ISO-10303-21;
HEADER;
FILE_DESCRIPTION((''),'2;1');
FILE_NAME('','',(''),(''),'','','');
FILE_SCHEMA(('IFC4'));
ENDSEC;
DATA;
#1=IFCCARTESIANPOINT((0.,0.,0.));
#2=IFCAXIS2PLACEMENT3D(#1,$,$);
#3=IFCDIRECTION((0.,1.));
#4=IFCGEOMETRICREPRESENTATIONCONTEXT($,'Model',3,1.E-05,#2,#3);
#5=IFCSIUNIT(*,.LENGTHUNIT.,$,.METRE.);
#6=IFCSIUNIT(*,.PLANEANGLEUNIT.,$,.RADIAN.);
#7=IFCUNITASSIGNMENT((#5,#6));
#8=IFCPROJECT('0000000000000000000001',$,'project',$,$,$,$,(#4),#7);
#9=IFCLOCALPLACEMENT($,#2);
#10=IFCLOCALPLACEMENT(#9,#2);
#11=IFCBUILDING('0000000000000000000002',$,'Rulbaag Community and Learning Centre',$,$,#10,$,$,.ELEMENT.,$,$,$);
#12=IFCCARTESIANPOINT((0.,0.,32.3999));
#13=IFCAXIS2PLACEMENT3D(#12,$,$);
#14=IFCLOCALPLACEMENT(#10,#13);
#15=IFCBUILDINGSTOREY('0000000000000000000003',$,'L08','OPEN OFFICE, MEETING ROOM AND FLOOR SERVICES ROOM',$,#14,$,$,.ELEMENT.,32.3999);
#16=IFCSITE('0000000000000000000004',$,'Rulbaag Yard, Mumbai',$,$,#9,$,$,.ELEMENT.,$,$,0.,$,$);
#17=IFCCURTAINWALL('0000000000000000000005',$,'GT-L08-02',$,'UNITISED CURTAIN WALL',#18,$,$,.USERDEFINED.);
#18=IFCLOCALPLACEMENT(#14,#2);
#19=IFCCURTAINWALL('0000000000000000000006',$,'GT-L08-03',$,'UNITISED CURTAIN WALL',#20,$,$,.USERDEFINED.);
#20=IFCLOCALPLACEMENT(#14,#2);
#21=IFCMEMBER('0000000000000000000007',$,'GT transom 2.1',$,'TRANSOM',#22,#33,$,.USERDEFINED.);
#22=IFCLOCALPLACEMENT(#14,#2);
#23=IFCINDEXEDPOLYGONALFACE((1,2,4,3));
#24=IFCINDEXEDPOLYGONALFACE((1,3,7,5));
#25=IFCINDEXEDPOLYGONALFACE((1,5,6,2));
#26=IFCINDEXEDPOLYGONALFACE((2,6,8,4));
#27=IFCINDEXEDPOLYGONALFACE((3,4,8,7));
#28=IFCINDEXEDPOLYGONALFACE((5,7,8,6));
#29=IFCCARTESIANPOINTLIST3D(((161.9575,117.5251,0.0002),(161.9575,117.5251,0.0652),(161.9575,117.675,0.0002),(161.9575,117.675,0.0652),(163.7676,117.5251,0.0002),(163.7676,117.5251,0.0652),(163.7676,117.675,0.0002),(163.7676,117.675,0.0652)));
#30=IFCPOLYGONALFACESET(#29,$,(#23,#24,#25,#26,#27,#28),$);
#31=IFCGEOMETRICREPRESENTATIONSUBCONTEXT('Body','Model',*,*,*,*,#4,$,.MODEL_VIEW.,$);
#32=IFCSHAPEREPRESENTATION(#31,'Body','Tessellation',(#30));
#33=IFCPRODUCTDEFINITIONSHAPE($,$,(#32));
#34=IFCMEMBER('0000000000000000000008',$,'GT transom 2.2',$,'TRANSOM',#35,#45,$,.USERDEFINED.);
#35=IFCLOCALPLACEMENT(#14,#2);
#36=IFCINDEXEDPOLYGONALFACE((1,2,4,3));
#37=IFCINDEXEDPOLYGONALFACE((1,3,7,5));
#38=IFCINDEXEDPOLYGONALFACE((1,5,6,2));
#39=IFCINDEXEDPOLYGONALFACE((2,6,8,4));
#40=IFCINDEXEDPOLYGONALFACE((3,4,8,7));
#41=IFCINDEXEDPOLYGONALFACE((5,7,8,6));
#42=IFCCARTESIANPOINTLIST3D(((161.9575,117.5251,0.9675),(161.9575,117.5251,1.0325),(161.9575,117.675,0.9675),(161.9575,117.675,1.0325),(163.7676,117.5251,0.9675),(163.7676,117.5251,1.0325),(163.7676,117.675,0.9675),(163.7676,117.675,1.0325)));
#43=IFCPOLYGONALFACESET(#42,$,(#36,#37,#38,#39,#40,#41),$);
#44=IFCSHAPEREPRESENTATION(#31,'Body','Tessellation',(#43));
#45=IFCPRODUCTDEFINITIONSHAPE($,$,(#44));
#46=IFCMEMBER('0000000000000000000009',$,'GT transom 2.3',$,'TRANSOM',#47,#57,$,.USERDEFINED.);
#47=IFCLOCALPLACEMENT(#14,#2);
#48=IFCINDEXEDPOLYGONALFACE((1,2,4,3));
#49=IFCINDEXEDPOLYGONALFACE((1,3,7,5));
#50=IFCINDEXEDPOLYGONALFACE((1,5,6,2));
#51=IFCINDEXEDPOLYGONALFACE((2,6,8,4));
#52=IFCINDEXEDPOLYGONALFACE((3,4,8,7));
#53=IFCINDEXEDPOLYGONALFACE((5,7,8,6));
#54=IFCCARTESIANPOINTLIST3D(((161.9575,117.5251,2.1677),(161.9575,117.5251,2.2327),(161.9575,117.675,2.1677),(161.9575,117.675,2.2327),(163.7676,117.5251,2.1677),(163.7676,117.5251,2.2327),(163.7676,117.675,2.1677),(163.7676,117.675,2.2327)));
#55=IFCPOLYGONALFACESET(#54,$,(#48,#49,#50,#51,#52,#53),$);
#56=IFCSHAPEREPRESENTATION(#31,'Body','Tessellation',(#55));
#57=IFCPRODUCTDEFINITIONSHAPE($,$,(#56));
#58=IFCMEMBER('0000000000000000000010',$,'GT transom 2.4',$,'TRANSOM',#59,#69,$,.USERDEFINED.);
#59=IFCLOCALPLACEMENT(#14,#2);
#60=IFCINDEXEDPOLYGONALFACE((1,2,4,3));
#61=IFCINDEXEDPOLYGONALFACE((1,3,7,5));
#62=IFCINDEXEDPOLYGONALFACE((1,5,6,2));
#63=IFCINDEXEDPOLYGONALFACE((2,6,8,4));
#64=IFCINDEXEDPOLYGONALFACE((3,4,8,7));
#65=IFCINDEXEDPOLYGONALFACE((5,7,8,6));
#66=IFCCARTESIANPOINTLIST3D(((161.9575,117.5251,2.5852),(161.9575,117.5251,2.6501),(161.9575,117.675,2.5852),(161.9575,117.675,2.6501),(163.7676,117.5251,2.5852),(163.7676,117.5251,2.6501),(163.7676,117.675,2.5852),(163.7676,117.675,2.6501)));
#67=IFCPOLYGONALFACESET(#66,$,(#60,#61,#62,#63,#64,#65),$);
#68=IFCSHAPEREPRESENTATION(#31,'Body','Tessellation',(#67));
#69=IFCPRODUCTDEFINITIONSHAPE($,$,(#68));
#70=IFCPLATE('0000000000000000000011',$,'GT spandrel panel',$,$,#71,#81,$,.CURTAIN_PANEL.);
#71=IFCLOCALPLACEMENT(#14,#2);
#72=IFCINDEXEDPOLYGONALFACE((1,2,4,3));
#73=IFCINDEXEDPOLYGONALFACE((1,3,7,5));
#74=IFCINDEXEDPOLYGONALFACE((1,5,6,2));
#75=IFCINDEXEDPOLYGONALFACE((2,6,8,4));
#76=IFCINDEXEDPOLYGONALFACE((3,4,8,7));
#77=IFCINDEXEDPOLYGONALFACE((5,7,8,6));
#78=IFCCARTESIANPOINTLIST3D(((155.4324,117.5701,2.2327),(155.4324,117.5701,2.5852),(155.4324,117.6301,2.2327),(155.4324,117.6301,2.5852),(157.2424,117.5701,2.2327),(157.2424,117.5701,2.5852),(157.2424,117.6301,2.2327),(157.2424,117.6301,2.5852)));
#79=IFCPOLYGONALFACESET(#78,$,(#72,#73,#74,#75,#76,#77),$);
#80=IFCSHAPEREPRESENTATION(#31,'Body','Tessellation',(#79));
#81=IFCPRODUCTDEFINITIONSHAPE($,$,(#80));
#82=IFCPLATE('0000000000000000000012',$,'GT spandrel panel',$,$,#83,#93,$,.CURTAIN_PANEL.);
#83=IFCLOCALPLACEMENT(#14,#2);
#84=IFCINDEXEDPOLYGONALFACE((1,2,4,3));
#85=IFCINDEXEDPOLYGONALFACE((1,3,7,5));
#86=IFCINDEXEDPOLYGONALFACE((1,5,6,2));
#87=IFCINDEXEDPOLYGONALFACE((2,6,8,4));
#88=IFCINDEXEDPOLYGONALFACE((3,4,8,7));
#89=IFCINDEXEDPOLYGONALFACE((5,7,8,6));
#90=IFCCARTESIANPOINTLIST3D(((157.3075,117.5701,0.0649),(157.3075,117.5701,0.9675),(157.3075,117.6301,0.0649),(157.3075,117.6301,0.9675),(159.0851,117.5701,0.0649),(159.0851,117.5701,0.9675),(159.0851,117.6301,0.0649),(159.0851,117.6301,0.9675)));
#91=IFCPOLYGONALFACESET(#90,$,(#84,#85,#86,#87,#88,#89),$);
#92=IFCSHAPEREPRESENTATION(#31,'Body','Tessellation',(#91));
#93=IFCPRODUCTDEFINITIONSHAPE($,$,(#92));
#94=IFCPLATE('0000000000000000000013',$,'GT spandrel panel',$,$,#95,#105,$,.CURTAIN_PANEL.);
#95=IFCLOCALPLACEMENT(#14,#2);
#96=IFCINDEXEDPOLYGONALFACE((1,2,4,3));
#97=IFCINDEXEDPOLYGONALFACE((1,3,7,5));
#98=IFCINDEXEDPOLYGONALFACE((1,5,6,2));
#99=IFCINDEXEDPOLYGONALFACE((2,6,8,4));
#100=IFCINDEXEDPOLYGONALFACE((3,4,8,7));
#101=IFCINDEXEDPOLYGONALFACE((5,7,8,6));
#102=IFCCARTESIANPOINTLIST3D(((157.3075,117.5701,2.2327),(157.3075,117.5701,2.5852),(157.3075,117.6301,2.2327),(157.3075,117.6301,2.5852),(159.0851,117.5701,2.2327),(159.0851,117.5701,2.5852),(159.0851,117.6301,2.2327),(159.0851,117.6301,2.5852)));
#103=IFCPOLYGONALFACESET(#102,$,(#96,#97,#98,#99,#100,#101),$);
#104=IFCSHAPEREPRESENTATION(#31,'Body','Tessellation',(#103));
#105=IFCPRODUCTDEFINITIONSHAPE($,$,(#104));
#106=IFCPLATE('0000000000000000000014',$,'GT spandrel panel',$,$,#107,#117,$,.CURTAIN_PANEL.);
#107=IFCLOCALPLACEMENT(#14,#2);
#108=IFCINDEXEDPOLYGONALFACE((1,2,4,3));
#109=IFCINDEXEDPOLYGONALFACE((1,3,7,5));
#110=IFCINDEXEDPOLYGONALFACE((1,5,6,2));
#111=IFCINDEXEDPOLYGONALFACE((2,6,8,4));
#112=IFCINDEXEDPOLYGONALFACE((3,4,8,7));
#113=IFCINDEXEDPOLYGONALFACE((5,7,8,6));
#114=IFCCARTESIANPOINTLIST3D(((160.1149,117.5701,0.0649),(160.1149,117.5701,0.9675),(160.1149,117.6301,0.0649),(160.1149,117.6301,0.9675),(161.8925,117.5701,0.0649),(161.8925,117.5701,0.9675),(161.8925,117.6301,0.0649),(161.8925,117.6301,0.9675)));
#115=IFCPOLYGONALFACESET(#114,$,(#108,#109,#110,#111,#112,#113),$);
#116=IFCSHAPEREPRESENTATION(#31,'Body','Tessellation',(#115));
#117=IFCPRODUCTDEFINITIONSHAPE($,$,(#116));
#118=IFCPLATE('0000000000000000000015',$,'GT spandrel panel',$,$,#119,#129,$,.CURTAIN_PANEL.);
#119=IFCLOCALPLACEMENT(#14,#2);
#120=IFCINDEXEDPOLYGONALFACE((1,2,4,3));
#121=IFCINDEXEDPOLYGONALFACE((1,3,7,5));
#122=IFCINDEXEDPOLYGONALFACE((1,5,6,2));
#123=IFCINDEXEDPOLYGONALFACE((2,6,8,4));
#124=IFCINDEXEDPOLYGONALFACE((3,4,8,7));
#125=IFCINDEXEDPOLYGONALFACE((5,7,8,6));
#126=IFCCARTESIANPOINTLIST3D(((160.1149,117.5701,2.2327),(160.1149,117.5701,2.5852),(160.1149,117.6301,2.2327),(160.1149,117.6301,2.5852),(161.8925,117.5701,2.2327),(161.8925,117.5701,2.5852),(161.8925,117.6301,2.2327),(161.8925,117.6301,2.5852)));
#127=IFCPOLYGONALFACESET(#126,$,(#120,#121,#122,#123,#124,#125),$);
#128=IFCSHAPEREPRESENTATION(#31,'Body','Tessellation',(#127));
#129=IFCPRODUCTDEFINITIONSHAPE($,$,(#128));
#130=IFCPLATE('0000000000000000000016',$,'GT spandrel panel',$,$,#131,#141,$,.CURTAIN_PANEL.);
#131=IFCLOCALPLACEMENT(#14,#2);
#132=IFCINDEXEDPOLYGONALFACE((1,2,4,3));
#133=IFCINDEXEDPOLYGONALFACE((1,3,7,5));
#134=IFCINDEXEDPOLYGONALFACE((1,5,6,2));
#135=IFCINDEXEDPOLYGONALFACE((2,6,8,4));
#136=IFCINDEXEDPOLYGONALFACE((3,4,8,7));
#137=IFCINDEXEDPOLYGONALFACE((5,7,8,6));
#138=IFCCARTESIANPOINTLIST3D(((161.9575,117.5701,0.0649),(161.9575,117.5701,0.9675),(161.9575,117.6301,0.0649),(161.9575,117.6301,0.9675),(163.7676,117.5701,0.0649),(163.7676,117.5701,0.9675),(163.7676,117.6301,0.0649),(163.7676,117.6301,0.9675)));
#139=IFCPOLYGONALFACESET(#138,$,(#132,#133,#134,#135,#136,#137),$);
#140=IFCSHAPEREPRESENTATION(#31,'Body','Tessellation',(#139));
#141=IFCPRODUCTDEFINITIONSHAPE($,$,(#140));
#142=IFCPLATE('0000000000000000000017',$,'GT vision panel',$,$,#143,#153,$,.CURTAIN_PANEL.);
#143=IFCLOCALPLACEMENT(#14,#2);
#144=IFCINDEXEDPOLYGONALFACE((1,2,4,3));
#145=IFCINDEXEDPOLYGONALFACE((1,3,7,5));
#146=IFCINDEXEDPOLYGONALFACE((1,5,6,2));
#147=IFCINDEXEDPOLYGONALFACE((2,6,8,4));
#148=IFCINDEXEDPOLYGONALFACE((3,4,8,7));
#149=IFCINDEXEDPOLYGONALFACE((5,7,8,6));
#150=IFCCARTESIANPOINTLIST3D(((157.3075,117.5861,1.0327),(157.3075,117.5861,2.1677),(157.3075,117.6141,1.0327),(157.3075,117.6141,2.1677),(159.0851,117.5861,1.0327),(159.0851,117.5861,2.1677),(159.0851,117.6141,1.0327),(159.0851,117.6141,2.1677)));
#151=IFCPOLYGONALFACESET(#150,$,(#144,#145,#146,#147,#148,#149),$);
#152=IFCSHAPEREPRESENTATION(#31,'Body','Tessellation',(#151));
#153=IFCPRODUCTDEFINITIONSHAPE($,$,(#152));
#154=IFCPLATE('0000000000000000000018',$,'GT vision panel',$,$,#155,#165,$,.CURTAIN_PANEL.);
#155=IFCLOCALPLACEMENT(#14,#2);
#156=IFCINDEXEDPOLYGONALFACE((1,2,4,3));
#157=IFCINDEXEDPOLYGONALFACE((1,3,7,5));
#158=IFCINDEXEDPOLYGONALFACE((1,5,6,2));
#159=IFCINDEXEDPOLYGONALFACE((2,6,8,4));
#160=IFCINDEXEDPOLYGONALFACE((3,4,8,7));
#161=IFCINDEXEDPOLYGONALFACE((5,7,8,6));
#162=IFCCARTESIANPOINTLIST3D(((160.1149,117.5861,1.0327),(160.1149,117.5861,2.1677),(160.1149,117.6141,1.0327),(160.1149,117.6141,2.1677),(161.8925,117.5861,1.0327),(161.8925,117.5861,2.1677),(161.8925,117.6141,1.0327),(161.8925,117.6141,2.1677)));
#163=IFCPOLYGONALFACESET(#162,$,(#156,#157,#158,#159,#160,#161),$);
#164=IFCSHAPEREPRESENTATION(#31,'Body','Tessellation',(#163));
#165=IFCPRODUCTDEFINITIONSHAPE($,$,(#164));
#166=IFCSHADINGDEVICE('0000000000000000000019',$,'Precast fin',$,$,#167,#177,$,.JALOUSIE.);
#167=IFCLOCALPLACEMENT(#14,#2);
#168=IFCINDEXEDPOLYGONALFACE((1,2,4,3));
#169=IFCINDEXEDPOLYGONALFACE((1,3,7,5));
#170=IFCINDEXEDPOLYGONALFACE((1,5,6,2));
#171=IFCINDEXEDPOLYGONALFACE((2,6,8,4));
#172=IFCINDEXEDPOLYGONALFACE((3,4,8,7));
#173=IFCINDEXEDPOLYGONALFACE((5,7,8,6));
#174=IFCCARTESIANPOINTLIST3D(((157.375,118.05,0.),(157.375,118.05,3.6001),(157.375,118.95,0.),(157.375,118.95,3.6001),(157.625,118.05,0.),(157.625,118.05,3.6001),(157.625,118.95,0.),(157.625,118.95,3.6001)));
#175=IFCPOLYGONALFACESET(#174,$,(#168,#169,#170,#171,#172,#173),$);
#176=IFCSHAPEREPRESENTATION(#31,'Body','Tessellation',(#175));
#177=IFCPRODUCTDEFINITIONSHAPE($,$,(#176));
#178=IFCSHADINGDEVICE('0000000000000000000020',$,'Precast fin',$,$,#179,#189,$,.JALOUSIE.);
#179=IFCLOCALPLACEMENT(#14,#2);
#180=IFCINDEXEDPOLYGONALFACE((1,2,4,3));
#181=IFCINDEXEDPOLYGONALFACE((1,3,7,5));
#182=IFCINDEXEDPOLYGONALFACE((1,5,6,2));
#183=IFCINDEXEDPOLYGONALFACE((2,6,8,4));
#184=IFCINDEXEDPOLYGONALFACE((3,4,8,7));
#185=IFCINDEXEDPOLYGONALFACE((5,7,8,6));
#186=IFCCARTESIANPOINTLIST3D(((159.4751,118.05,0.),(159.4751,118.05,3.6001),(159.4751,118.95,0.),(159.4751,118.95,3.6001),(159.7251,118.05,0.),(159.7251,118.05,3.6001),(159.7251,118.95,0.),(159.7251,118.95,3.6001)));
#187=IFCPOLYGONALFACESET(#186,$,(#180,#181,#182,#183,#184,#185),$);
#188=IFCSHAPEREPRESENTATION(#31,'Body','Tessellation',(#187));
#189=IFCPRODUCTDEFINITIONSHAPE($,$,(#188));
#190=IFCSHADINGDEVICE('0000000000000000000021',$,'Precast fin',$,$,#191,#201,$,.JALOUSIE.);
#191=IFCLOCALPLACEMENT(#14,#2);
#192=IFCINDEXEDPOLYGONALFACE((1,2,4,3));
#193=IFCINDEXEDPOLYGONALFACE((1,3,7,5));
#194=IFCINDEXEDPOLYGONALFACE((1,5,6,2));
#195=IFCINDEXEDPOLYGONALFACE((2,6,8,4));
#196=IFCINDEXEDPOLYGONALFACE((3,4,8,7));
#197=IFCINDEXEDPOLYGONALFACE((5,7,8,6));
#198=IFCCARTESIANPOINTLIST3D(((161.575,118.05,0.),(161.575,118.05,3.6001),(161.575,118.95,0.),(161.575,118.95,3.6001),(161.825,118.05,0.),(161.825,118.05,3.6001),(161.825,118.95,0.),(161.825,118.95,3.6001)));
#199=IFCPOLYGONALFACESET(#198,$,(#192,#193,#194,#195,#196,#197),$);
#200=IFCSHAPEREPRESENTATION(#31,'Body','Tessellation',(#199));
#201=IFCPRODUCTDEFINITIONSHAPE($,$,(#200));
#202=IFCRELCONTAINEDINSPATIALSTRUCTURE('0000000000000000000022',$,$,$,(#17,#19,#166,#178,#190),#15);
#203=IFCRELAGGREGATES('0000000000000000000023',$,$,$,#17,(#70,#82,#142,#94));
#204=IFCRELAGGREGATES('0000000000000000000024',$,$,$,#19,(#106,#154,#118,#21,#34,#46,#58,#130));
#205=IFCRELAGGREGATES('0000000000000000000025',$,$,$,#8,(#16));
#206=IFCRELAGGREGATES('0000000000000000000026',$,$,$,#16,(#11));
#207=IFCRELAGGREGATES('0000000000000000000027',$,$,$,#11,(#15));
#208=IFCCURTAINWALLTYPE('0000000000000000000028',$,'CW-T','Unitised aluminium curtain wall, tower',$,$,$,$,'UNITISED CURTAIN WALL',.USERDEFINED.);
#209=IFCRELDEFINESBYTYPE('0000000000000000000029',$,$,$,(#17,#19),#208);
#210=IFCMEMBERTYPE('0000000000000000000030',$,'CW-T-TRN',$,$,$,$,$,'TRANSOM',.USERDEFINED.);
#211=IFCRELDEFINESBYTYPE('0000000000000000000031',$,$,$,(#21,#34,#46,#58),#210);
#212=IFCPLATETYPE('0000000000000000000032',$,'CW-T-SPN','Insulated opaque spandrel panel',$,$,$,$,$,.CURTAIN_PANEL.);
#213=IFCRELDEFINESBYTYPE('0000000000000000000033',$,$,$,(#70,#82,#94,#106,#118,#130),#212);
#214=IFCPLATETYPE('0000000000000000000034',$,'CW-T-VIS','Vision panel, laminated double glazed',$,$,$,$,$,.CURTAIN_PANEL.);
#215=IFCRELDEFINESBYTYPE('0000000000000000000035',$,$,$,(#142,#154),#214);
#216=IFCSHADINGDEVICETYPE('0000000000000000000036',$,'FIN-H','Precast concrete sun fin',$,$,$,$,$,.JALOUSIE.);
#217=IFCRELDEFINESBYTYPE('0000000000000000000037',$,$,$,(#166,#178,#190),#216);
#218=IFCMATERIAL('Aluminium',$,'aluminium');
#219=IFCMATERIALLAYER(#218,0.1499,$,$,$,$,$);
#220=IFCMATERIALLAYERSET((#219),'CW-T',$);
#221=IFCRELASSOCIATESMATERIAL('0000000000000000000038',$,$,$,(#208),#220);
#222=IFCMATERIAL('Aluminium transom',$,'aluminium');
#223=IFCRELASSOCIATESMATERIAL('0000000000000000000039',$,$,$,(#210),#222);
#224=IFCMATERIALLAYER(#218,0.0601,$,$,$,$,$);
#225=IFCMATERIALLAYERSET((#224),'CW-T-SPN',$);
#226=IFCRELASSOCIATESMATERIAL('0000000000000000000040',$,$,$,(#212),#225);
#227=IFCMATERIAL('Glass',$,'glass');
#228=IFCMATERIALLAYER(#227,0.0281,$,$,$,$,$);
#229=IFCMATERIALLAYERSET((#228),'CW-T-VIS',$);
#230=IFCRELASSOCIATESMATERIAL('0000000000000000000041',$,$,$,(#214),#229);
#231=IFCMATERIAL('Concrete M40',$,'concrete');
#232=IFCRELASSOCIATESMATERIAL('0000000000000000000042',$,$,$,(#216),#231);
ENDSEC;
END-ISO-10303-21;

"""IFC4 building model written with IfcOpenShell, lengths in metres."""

from ifc_helpers import new_model, si_unit, direction, frame, origin, origin_2d, place, context, subcontext, project, spatial, rectangle, extrude, material, layer, layer_set, material_profile, profile_set, type_object, element, aggregate, save


model = new_model("IFC4")

# Units and contexts
model_context = context("Model", 3, precision=1e-05, world=origin(), true_north=direction((0.0, 1.0)))
body_context = subcontext(model_context, "Body", "Model", "MODEL_VIEW")
ifc_project = project(units=[si_unit("LENGTHUNIT", "METRE"), si_unit("PLANEANGLEUNIT", "RADIAN")], contexts=[model_context])

# Site, building, storey
site_placement = place(None, origin())
site = spatial("IfcSite", under=ifc_project, at=site_placement, Name="Rulbaag Yard, Mumbai", CompositionType="ELEMENT", RefElevation=0.0)
building_placement = place(site_placement, origin())
building = spatial("IfcBuilding", under=site, at=building_placement, Name="Rulbaag Community and Learning Centre", CompositionType="ELEMENT")
storey_placement = place(building_placement, frame((0.0, 0.0, 32.3999)))
storey = spatial("IfcBuildingStorey", under=building, at=storey_placement, Name="L08", Description="OPEN OFFICE, MEETING ROOM AND FLOOR SERVICES ROOM", CompositionType="ELEMENT", Elevation=32.3999)

# Shared definitions
ifc_material_1 = material(Name="Concrete M40", Category="concrete")

# Curtain walls
ifc_material_2 = material(Name="Aluminium", Category="aluminium")
ifc_layer_1 = layer(ifc_material_2, 0.1499)
ifc_layer_set_1 = layer_set([ifc_layer_1], Name="CW-T")
curtain_wall_type = type_object("IfcCurtainWallType", Name="CW-T", Description="Unitised aluminium curtain wall, tower", ElementType="UNITISED CURTAIN WALL", PredefinedType="USERDEFINED", material=ifc_layer_set_1)
curtain_wall_1_placement = place(storey_placement, origin())
curtain_wall_1 = element("IfcCurtainWall", 1, at=curtain_wall_1_placement, inside=storey, type_object=curtain_wall_type, Name="GT-L08-02", ObjectType="UNITISED CURTAIN WALL", PredefinedType="USERDEFINED")
curtain_wall_2_placement = place(storey_placement, origin())
curtain_wall_2 = element("IfcCurtainWall", 2, at=curtain_wall_2_placement, inside=storey, type_object=curtain_wall_type, Name="GT-L08-03", ObjectType="UNITISED CURTAIN WALL", PredefinedType="USERDEFINED")

# Members
ifc_material_3 = material(Name="Aluminium transom", Category="aluminium")
ifc_material_profile_1 = material_profile(ifc_material_3, rectangle(XDim=0.1499, YDim=0.0649, at=origin_2d()), Name="AL 65x150 T")
ifc_profile_set_1 = profile_set([ifc_material_profile_1], Name="Aluminium transom")
member_type_1 = type_object("IfcMemberType", Name="CW-T-TRN", ElementType="TRANSOM", PredefinedType="USERDEFINED", material=ifc_profile_set_1)
member_1_placement = place(storey_placement, frame((161.9575, 117.6001, 0.0327), z_axis=(1.0, 0.0, 0.0), x_axis=(0.0, 1.0, 0.0)))
member_1 = element("IfcMember", 3, at=member_1_placement, type_object=member_type_1, Name="GT transom 2.1", ObjectType="TRANSOM", PredefinedType="USERDEFINED", context=body_context, shape_type="SweptSolid", body=[
    extrude(rectangle(XDim=0.1499, YDim=0.0649, at=origin_2d()), origin(), (0.0, 0.0, 1.0), 1.8101),
])
member_2_placement = place(storey_placement, frame((161.9575, 117.6001, 1.0), z_axis=(1.0, 0.0, 0.0), x_axis=(0.0, 1.0, 0.0)))
member_2 = element("IfcMember", 4, at=member_2_placement, type_object=member_type_1, Name="GT transom 2.2", ObjectType="TRANSOM", PredefinedType="USERDEFINED", context=body_context, shape_type="SweptSolid", body=[
    extrude(rectangle(XDim=0.1499, YDim=0.0649, at=origin_2d()), origin(), (0.0, 0.0, 1.0), 1.8101),
])
member_3_placement = place(storey_placement, frame((161.9575, 117.6001, 2.2002), z_axis=(1.0, 0.0, 0.0), x_axis=(0.0, 1.0, 0.0)))
member_3 = element("IfcMember", 5, at=member_3_placement, type_object=member_type_1, Name="GT transom 2.3", ObjectType="TRANSOM", PredefinedType="USERDEFINED", context=body_context, shape_type="SweptSolid", body=[
    extrude(rectangle(XDim=0.1499, YDim=0.0649, at=origin_2d()), origin(), (0.0, 0.0, 1.0), 1.8101),
])
member_4_placement = place(storey_placement, frame((161.9575, 117.6001, 2.6177), z_axis=(1.0, 0.0, 0.0), x_axis=(0.0, 1.0, 0.0)))
member_4 = element("IfcMember", 6, at=member_4_placement, type_object=member_type_1, Name="GT transom 2.4", ObjectType="TRANSOM", PredefinedType="USERDEFINED", context=body_context, shape_type="SweptSolid", body=[
    extrude(rectangle(XDim=0.1499, YDim=0.0649, at=origin_2d()), origin(), (0.0, 0.0, 1.0), 1.8101),
])

# Plates
ifc_layer_2 = layer(ifc_material_2, 0.0601)
ifc_layer_set_2 = layer_set([ifc_layer_2], Name="CW-T-SPN")
plate_type_1 = type_object("IfcPlateType", Name="CW-T-SPN", Description="Insulated opaque spandrel panel", PredefinedType="CURTAIN_PANEL", material=ifc_layer_set_2)
plate_1_placement = place(storey_placement, frame((156.3374, 117.6001, 2.2327), z_axis=(0.0, 0.0, 1.0), x_axis=(1.0, 0.0, 0.0)))
plate_1 = element("IfcPlate", 7, at=plate_1_placement, type_object=plate_type_1, Name="GT spandrel panel", PredefinedType="CURTAIN_PANEL", context=body_context, shape_type="SweptSolid", body=[
    extrude(rectangle(XDim=1.8101, YDim=0.0601, at=origin_2d()), origin(), (0.0, 0.0, 1.0), 0.3525),
])
plate_2_placement = place(storey_placement, frame((158.1963, 117.6001, 0.0649), z_axis=(0.0, 0.0, 1.0), x_axis=(1.0, 0.0, 0.0)))
plate_2 = element("IfcPlate", 8, at=plate_2_placement, type_object=plate_type_1, Name="GT spandrel panel", PredefinedType="CURTAIN_PANEL", context=body_context, shape_type="SweptSolid", body=[
    extrude(rectangle(XDim=1.7776, YDim=0.0601, at=origin_2d()), origin(), (0.0, 0.0, 1.0), 0.9026),
])
plate_3_placement = place(storey_placement, frame((158.1963, 117.6001, 2.2327), z_axis=(0.0, 0.0, 1.0), x_axis=(1.0, 0.0, 0.0)))
plate_3 = element("IfcPlate", 9, at=plate_3_placement, type_object=plate_type_1, Name="GT spandrel panel", PredefinedType="CURTAIN_PANEL", context=body_context, shape_type="SweptSolid", body=[
    extrude(rectangle(XDim=1.7776, YDim=0.0601, at=origin_2d()), origin(), (0.0, 0.0, 1.0), 0.3525),
])
plate_4_placement = place(storey_placement, frame((161.0037, 117.6001, 0.0649), z_axis=(0.0, 0.0, 1.0), x_axis=(1.0, 0.0, 0.0)))
plate_4 = element("IfcPlate", 10, at=plate_4_placement, type_object=plate_type_1, Name="GT spandrel panel", PredefinedType="CURTAIN_PANEL", context=body_context, shape_type="SweptSolid", body=[
    extrude(rectangle(XDim=1.7776, YDim=0.0601, at=origin_2d()), origin(), (0.0, 0.0, 1.0), 0.9026),
])
plate_5_placement = place(storey_placement, frame((161.0037, 117.6001, 2.2327), z_axis=(0.0, 0.0, 1.0), x_axis=(1.0, 0.0, 0.0)))
plate_5 = element("IfcPlate", 11, at=plate_5_placement, type_object=plate_type_1, Name="GT spandrel panel", PredefinedType="CURTAIN_PANEL", context=body_context, shape_type="SweptSolid", body=[
    extrude(rectangle(XDim=1.7776, YDim=0.0601, at=origin_2d()), origin(), (0.0, 0.0, 1.0), 0.3525),
])
plate_6_placement = place(storey_placement, frame((162.8625, 117.6001, 0.0649), z_axis=(0.0, 0.0, 1.0), x_axis=(1.0, 0.0, 0.0)))
plate_6 = element("IfcPlate", 12, at=plate_6_placement, type_object=plate_type_1, Name="GT spandrel panel", PredefinedType="CURTAIN_PANEL", context=body_context, shape_type="SweptSolid", body=[
    extrude(rectangle(XDim=1.8101, YDim=0.0601, at=origin_2d()), origin(), (0.0, 0.0, 1.0), 0.9026),
])
ifc_material_4 = material(Name="Glass", Category="glass")
ifc_layer_3 = layer(ifc_material_4, 0.0281)
ifc_layer_set_3 = layer_set([ifc_layer_3], Name="CW-T-VIS")
plate_type_2 = type_object("IfcPlateType", Name="CW-T-VIS", Description="Vision panel, laminated double glazed", PredefinedType="CURTAIN_PANEL", material=ifc_layer_set_3)
plate_7_placement = place(storey_placement, frame((158.1963, 117.6001, 1.0327), z_axis=(0.0, 0.0, 1.0), x_axis=(1.0, 0.0, 0.0)))
plate_7 = element("IfcPlate", 13, at=plate_7_placement, type_object=plate_type_2, Name="GT vision panel", PredefinedType="CURTAIN_PANEL", context=body_context, shape_type="SweptSolid", body=[
    extrude(rectangle(XDim=1.7776, YDim=0.0281, at=origin_2d()), origin(), (0.0, 0.0, 1.0), 1.135),
])
aggregate(curtain_wall_1, [plate_1, plate_2, plate_7, plate_3])
plate_8_placement = place(storey_placement, frame((161.0037, 117.6001, 1.0327), z_axis=(0.0, 0.0, 1.0), x_axis=(1.0, 0.0, 0.0)))
plate_8 = element("IfcPlate", 14, at=plate_8_placement, type_object=plate_type_2, Name="GT vision panel", PredefinedType="CURTAIN_PANEL", context=body_context, shape_type="SweptSolid", body=[
    extrude(rectangle(XDim=1.7776, YDim=0.0281, at=origin_2d()), origin(), (0.0, 0.0, 1.0), 1.135),
])
aggregate(curtain_wall_2, [plate_4, plate_8, plate_5, member_1, member_2, member_3, member_4, plate_6])

# Shading devices
ifc_material_profile_2 = material_profile(ifc_material_1, rectangle(XDim=0.25, YDim=0.8999, at=origin_2d()), Name="PC 250x900")
ifc_profile_set_2 = profile_set([ifc_material_profile_2], Name="Concrete M40")
shading_device_type = type_object("IfcShadingDeviceType", Name="FIN-H", Description="Precast concrete sun fin", PredefinedType="JALOUSIE", material=ifc_profile_set_2)
for number, where, z_axis, x_axis, name in (
    (15, (157.5, 118.5, 0.0), (0.0, 0.0, 1.0), (1.0, 0.0, 0.0), "Precast fin"),
    (16, (159.6001, 118.5, 0.0), (0.0, 0.0, 1.0), (1.0, 0.0, 0.0), "Precast fin"),
    (17, (161.7, 118.5, 0.0), (0.0, 0.0, 1.0), (1.0, 0.0, 0.0), "Precast fin"),
):
    element("IfcShadingDevice", number, at=place(storey_placement, frame(where, z_axis=z_axis, x_axis=x_axis)), inside=storey, type_object=shading_device_type, Name=name, PredefinedType="JALOUSIE", context=body_context, shape_type="SweptSolid", body=[
        extrude(rectangle(XDim=0.25, YDim=0.8999, at=origin_2d()), origin(), (0.0, 0.0, 1.0), 3.6001),
    ])

save(model, "model.ifc")
